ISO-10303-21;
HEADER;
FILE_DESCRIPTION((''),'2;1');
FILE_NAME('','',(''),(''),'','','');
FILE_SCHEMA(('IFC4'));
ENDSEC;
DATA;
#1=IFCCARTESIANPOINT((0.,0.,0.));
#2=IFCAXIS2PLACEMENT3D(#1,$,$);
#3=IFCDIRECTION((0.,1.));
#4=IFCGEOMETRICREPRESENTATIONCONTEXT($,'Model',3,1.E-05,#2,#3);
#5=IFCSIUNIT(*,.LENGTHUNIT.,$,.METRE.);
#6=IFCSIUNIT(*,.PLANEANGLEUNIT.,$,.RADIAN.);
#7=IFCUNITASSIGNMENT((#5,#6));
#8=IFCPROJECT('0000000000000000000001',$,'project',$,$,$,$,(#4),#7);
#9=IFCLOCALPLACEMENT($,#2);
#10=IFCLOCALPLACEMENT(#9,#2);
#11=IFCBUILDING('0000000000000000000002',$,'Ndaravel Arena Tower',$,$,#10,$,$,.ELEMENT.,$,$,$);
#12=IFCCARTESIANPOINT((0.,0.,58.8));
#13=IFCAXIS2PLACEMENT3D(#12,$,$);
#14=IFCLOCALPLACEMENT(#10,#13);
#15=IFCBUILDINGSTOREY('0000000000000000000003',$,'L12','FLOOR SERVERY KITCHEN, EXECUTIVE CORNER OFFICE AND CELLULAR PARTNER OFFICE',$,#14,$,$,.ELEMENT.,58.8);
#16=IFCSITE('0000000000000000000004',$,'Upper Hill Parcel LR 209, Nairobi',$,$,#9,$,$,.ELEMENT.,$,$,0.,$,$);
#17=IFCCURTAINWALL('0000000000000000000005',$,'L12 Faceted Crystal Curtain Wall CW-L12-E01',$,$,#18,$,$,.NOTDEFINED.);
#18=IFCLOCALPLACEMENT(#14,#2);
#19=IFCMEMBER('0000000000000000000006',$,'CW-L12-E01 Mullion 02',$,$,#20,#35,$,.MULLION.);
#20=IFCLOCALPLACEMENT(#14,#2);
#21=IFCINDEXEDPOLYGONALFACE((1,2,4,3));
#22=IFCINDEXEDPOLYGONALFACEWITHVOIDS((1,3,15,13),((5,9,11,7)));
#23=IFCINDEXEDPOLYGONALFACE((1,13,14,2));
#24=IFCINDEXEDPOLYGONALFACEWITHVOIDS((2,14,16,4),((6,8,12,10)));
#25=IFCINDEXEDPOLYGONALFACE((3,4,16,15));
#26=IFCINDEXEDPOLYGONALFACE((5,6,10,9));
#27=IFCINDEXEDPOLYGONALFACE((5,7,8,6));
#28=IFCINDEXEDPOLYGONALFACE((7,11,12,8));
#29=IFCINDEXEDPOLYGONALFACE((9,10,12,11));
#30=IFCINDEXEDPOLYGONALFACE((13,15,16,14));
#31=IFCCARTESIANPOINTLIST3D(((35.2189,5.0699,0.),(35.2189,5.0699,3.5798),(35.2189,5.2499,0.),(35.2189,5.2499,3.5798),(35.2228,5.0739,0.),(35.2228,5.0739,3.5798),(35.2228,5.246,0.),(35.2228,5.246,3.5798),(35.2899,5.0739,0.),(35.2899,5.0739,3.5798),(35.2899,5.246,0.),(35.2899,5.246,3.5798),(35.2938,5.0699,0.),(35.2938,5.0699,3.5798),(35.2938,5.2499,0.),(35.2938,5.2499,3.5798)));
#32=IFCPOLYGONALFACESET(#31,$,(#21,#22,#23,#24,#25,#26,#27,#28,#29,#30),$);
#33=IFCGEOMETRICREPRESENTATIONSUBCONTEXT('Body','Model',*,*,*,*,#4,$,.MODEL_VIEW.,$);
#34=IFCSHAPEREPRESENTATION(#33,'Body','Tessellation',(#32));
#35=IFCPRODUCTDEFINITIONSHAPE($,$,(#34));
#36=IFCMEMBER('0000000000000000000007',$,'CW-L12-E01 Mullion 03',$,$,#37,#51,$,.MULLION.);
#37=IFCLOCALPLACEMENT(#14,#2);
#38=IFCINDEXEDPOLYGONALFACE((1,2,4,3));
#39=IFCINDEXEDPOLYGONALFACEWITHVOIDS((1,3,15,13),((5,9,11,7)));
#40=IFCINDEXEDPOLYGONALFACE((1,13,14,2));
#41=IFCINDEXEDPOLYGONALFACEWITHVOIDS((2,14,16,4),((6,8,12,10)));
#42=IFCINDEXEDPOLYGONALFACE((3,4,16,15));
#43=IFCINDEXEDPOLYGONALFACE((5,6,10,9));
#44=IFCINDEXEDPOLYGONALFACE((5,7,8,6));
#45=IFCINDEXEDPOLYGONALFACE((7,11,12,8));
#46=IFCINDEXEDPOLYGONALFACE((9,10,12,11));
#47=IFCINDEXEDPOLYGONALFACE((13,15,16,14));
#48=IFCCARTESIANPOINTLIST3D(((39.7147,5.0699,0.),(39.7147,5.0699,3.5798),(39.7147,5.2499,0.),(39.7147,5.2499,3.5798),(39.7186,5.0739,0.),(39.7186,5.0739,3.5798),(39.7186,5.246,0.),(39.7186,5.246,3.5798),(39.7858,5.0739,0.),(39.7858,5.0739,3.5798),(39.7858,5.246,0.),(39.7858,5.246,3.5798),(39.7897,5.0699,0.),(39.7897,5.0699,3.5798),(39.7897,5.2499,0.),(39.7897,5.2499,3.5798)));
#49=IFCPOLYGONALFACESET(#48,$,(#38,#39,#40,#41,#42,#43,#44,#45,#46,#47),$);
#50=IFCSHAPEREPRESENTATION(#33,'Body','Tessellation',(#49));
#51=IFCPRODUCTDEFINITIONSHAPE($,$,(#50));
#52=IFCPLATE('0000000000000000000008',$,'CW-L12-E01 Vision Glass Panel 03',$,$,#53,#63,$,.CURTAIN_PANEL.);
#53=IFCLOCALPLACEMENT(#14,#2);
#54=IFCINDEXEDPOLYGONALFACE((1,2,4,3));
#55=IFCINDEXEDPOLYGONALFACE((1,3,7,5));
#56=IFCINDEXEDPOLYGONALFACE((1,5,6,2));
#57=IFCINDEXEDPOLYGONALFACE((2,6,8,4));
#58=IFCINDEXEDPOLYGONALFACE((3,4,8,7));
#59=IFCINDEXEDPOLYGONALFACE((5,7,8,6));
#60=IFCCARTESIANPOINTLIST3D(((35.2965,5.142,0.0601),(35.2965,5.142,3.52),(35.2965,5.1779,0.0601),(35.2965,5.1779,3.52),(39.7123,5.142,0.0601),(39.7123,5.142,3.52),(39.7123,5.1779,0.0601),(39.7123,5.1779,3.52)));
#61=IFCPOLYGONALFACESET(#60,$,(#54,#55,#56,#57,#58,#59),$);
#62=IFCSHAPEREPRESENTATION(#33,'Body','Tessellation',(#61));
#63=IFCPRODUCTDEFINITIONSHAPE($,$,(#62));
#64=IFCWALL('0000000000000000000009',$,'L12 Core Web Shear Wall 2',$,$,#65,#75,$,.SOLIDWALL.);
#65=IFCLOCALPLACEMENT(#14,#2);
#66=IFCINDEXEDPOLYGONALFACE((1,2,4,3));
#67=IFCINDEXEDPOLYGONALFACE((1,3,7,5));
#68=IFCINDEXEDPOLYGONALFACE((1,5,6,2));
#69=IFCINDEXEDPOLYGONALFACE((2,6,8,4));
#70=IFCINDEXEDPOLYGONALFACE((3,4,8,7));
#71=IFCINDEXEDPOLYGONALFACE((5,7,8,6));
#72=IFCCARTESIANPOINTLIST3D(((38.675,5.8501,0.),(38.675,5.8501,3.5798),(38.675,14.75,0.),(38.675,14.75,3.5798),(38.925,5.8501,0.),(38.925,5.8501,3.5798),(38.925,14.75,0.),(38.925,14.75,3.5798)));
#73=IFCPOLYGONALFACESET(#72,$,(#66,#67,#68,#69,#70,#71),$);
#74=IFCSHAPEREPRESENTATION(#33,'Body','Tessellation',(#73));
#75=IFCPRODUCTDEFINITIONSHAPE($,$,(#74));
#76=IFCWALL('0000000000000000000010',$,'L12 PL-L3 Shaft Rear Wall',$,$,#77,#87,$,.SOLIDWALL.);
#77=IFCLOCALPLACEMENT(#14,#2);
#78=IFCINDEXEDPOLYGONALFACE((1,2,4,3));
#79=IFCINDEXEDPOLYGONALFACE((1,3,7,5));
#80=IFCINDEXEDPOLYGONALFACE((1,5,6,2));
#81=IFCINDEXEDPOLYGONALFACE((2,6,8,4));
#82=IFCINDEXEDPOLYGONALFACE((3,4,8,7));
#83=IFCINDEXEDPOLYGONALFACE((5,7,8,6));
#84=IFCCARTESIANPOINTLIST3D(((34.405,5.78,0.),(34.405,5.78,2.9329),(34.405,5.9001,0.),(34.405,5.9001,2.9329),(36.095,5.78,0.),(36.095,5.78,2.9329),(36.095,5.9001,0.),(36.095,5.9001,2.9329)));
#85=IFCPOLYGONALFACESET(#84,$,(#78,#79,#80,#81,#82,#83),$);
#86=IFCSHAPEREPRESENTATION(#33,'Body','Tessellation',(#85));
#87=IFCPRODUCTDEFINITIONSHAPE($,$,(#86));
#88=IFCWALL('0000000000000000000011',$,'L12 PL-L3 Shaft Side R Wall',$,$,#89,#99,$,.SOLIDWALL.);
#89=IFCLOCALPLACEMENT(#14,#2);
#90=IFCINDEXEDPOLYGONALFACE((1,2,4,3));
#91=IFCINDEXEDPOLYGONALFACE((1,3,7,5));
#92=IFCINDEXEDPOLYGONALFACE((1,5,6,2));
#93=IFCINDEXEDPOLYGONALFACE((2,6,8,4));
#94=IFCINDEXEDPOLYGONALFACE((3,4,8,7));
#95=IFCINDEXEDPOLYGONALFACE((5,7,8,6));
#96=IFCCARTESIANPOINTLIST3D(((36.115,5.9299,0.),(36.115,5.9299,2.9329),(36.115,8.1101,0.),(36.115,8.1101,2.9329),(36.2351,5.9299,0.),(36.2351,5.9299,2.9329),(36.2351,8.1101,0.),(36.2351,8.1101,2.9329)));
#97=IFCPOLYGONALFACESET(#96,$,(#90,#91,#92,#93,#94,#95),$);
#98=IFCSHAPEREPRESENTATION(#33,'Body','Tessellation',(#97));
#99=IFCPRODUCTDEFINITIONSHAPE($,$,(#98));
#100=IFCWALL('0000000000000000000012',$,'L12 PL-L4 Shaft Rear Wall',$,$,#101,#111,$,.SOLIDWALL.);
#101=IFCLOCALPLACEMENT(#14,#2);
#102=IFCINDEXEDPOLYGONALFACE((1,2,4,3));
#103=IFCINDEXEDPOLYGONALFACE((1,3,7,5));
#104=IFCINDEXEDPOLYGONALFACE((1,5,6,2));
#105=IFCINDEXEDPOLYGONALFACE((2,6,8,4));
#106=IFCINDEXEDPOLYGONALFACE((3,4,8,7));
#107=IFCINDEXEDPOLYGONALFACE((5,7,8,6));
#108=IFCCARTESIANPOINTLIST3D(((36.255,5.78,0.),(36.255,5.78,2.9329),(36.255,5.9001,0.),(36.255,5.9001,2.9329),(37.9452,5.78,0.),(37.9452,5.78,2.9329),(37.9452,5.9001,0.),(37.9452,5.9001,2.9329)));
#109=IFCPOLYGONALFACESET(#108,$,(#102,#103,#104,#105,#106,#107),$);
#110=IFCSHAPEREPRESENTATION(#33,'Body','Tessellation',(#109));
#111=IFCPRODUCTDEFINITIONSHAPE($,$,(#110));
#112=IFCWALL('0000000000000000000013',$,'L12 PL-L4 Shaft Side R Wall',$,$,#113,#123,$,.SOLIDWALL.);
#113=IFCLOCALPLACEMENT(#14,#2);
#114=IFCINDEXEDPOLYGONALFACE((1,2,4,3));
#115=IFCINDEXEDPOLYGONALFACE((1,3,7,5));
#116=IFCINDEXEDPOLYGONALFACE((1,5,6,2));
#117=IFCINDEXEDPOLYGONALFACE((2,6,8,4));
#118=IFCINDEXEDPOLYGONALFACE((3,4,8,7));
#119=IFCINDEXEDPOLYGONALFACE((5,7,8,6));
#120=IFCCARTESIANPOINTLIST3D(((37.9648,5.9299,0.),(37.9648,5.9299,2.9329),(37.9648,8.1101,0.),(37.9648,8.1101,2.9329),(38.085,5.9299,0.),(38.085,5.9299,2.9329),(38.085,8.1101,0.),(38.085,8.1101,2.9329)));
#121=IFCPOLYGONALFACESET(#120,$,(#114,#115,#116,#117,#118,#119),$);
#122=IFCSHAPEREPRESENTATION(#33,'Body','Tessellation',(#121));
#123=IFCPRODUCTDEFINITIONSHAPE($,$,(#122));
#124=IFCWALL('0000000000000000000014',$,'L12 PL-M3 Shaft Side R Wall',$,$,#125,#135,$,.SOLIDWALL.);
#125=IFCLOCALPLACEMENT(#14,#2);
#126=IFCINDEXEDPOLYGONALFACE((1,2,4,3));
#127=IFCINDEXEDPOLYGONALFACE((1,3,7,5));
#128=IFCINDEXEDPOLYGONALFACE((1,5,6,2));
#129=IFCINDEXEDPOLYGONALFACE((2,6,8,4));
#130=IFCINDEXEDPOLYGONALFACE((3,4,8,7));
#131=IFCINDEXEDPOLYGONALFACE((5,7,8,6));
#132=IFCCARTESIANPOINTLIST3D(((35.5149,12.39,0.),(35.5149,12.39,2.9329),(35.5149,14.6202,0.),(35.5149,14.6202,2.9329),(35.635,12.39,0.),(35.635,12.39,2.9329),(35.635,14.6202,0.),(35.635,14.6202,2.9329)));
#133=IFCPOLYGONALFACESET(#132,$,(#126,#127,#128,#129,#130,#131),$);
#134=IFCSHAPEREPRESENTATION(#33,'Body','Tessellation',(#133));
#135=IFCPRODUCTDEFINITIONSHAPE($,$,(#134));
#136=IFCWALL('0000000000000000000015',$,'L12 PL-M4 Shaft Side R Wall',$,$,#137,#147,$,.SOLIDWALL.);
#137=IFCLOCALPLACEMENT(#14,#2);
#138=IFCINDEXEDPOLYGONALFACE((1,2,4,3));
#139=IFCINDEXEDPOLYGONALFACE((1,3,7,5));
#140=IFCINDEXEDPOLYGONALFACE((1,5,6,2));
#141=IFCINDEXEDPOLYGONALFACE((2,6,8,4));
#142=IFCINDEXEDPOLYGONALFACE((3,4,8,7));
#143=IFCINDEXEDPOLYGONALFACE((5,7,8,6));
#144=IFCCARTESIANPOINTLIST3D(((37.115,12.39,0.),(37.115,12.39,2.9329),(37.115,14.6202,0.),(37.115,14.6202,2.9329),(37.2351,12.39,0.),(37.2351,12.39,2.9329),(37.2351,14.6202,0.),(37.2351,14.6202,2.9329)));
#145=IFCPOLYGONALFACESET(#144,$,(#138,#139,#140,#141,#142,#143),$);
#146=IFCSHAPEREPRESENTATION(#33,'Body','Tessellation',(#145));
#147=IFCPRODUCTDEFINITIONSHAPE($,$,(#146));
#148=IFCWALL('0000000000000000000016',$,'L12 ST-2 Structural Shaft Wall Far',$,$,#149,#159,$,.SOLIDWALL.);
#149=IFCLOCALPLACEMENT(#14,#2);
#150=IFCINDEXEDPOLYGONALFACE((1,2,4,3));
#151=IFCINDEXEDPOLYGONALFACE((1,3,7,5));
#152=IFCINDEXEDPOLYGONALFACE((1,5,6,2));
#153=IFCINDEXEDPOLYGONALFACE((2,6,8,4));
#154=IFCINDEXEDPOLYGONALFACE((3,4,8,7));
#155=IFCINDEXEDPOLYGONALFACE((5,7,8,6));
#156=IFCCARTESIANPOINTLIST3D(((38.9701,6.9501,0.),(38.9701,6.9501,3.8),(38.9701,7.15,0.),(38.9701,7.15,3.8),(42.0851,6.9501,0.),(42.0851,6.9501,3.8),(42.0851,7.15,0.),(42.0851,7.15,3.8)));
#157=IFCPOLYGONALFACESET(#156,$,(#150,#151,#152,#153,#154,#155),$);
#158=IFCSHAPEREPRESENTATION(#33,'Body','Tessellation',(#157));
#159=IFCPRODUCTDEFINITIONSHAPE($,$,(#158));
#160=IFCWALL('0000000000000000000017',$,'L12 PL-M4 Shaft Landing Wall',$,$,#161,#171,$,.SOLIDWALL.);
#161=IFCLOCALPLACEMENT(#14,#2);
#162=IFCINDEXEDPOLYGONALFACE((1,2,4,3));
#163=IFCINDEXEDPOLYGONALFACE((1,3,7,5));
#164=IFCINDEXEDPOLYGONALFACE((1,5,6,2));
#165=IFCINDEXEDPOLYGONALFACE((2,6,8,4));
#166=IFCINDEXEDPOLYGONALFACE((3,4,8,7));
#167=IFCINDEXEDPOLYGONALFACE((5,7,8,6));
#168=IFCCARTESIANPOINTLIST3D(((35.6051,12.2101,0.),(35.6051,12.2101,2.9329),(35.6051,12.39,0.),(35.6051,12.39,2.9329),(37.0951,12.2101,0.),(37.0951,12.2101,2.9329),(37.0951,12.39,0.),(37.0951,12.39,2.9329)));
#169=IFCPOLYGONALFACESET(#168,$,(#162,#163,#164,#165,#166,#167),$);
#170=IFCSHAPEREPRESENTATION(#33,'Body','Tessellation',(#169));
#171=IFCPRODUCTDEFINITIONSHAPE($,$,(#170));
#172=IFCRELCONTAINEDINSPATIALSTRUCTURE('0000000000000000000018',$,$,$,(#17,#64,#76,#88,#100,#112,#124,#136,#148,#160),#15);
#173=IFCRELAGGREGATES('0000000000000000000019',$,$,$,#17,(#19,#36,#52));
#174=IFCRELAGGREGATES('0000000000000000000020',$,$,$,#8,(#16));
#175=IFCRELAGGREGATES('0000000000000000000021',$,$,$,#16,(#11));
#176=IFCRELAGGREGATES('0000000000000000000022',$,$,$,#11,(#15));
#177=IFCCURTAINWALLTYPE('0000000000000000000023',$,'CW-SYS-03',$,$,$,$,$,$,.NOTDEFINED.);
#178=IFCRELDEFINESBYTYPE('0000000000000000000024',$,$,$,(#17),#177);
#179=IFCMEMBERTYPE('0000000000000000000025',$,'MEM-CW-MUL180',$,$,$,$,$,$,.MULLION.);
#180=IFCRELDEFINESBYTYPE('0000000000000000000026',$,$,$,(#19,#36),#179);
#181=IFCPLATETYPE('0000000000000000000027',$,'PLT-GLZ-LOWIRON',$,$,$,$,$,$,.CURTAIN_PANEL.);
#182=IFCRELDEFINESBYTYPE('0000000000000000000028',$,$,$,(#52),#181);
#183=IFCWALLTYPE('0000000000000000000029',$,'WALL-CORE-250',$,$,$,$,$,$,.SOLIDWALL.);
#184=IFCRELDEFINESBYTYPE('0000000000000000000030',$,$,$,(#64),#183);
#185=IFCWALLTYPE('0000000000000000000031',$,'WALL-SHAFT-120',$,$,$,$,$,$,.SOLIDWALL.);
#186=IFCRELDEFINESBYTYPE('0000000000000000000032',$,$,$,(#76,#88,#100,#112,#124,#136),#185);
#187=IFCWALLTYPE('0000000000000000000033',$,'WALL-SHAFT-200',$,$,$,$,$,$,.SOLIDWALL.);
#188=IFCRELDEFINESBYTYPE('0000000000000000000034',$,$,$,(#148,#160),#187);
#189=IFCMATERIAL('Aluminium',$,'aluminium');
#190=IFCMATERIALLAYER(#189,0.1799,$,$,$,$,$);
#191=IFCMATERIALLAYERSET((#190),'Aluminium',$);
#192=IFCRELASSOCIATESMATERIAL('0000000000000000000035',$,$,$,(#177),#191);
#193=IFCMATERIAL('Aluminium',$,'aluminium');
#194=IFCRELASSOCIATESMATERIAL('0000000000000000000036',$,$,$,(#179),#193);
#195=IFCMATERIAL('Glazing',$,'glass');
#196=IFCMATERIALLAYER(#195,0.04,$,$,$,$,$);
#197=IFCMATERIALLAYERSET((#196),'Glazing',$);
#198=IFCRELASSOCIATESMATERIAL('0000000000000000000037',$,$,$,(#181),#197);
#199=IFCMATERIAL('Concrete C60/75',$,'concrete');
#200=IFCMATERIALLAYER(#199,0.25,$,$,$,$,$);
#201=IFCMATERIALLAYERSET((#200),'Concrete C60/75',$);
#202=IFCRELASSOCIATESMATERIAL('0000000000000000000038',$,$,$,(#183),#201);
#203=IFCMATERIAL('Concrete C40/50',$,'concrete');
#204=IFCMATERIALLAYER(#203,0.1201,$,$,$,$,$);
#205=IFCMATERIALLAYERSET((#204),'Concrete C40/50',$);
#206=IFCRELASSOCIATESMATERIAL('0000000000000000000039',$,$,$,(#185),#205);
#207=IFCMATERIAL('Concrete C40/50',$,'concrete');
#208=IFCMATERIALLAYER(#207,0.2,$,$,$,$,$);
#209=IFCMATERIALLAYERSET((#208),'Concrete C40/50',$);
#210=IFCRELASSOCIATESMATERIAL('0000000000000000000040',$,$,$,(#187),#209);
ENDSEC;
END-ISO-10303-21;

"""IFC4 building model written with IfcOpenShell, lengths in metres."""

from ifc_helpers import new_model, si_unit, direction, frame, frame_2d, origin, origin_2d, place, context, subcontext, project, spatial, rectangle, hollow_rectangle, extrude, material, layer, layer_set, material_profile, profile_set, type_object, element, aggregate, save


model = new_model("IFC4")

# Units and contexts
model_context = context("Model", 3, precision=1e-05, world=origin(), true_north=direction((0.0, 1.0)))
body_context = subcontext(model_context, "Body", "Model", "MODEL_VIEW")
ifc_project = project(units=[si_unit("LENGTHUNIT", "METRE"), si_unit("PLANEANGLEUNIT", "RADIAN")], contexts=[model_context])

# Site, building, storey
site_placement = place(None, origin())
site = spatial("IfcSite", under=ifc_project, at=site_placement, Name="Upper Hill Parcel LR 209, Nairobi", CompositionType="ELEMENT", RefElevation=0.0)
building_placement = place(site_placement, origin())
building = spatial("IfcBuilding", under=site, at=building_placement, Name="Ndaravel Arena Tower", CompositionType="ELEMENT")
storey_placement = place(building_placement, frame((0.0, 0.0, 58.8)))
storey = spatial("IfcBuildingStorey", under=building, at=storey_placement, Name="L12", Description="FLOOR SERVERY KITCHEN, EXECUTIVE CORNER OFFICE AND CELLULAR PARTNER OFFICE", CompositionType="ELEMENT", Elevation=58.8)

# Curtain wall, members, plate
ifc_material_1 = material(Name="Aluminium", Category="aluminium")
ifc_layer_1 = layer(ifc_material_1, 0.1799)
ifc_layer_set_1 = layer_set([ifc_layer_1], Name="Aluminium")
curtain_wall_type = type_object("IfcCurtainWallType", Name="CW-SYS-03", PredefinedType="NOTDEFINED", material=ifc_layer_set_1)
curtain_wall_placement = place(storey_placement, origin())
curtain_wall = element("IfcCurtainWall", 1, at=curtain_wall_placement, inside=storey, type_object=curtain_wall_type, Name="L12 Faceted Crystal Curtain Wall CW-L12-E01", PredefinedType="NOTDEFINED")
ifc_material_2 = material(Name="Aluminium", Category="aluminium")
ifc_material_profile = material_profile(ifc_material_2, hollow_rectangle(XDim=0.075, YDim=0.1799, WallThickness=0.0039, at=origin_2d()), Name="CW MULLION 75x180x4")
ifc_profile_set = profile_set([ifc_material_profile], Name="Aluminium")
member_type = type_object("IfcMemberType", Name="MEM-CW-MUL180", PredefinedType="MULLION", material=ifc_profile_set)
member_1_placement = place(storey_placement, frame((35.2563, 5.1599, 0.0), z_axis=(0.0, 0.0, 1.0), x_axis=(1.0, 0.0, 0.0)))
member_1 = element("IfcMember", 2, at=member_1_placement, type_object=member_type, Name="CW-L12-E01 Mullion 02", PredefinedType="MULLION", context=body_context, shape_type="SweptSolid", body=[
    extrude(hollow_rectangle(XDim=0.075, YDim=0.1799, WallThickness=0.0039, at=origin_2d()), origin(), (0.0, 0.0, 1.0), 3.5798),
])
member_2_placement = place(storey_placement, frame((39.7522, 5.1599, 0.0), z_axis=(0.0, 0.0, 1.0), x_axis=(1.0, 0.0, 0.0)))
member_2 = element("IfcMember", 3, at=member_2_placement, type_object=member_type, Name="CW-L12-E01 Mullion 03", PredefinedType="MULLION", context=body_context, shape_type="SweptSolid", body=[
    extrude(hollow_rectangle(XDim=0.075, YDim=0.1799, WallThickness=0.0039, at=origin_2d()), origin(), (0.0, 0.0, 1.0), 3.5798),
])
ifc_material_3 = material(Name="Glazing", Category="glass")
ifc_layer_2 = layer(ifc_material_3, 0.04)
ifc_layer_set_2 = layer_set([ifc_layer_2], Name="Glazing")
plate_type = type_object("IfcPlateType", Name="PLT-GLZ-LOWIRON", PredefinedType="CURTAIN_PANEL", material=ifc_layer_set_2)
plate_placement = place(storey_placement, frame((37.5044, 5.1599, 0.0601), z_axis=(0.0, 0.0, 1.0), x_axis=(1.0, 0.0, 0.0)))
plate = element("IfcPlate", 4, at=plate_placement, type_object=plate_type, Name="CW-L12-E01 Vision Glass Panel 03", PredefinedType="CURTAIN_PANEL", context=body_context, shape_type="SweptSolid", body=[
    extrude(rectangle(XDim=4.4158, YDim=0.0359, at=origin_2d()), origin(), (0.0, 0.0, 1.0), 3.46),
])
aggregate(curtain_wall, [member_1, member_2, plate])

# Walls
ifc_material_4 = material(Name="Concrete C60/75", Category="concrete")
ifc_layer_3 = layer(ifc_material_4, 0.25)
ifc_layer_set_3 = layer_set([ifc_layer_3], Name="Concrete C60/75")
wall_type_1 = type_object("IfcWallType", Name="WALL-CORE-250", PredefinedType="SOLIDWALL", material=ifc_layer_set_3)
wall_1_placement = place(storey_placement, frame((38.8, 5.8501, 0.0), z_axis=(0.0, 0.0, 1.0), x_axis=(0.0, 1.0, 0.0)))
element("IfcWall", 5, at=wall_1_placement, inside=storey, type_object=wall_type_1, Name="L12 Core Web Shear Wall 2", PredefinedType="SOLIDWALL", context=body_context, shape_type="SweptSolid", body=[
    extrude(rectangle(XDim=8.8999, YDim=0.25, at=frame_2d((4.45, 0.0))), origin(), (0.0, 0.0, 1.0), 3.5798),
])
ifc_material_5 = material(Name="Concrete C40/50", Category="concrete")
ifc_layer_4 = layer(ifc_material_5, 0.1201)
ifc_layer_set_4 = layer_set([ifc_layer_4], Name="Concrete C40/50")
wall_type_2 = type_object("IfcWallType", Name="WALL-SHAFT-120", PredefinedType="SOLIDWALL", material=ifc_layer_set_4)
wall_2_placement = place(storey_placement, frame((34.405, 5.8401, 0.0), z_axis=(0.0, 0.0, 1.0), x_axis=(1.0, 0.0, 0.0)))
element("IfcWall", 6, at=wall_2_placement, inside=storey, type_object=wall_type_2, Name="L12 PL-L3 Shaft Rear Wall", PredefinedType="SOLIDWALL", context=body_context, shape_type="SweptSolid", body=[
    extrude(rectangle(XDim=1.6899, YDim=0.1201, at=frame_2d((0.845, 0.0))), origin(), (0.0, 0.0, 1.0), 2.9329),
])
wall_3_placement = place(storey_placement, frame((36.175, 5.9299, 0.0), z_axis=(0.0, 0.0, 1.0), x_axis=(0.0, 1.0, 0.0)))
element("IfcWall", 7, at=wall_3_placement, inside=storey, type_object=wall_type_2, Name="L12 PL-L3 Shaft Side R Wall", PredefinedType="SOLIDWALL", context=body_context, shape_type="SweptSolid", body=[
    extrude(rectangle(XDim=2.1802, YDim=0.1201, at=frame_2d((1.0901, 0.0))), origin(), (0.0, 0.0, 1.0), 2.9329),
])
wall_4_placement = place(storey_placement, frame((36.2549, 5.8401, 0.0), z_axis=(0.0, 0.0, 1.0), x_axis=(1.0, 0.0, 0.0)))
element("IfcWall", 8, at=wall_4_placement, inside=storey, type_object=wall_type_2, Name="L12 PL-L4 Shaft Rear Wall", PredefinedType="SOLIDWALL", context=body_context, shape_type="SweptSolid", body=[
    extrude(rectangle(XDim=1.6902, YDim=0.1201, at=frame_2d((0.8452, 0.0))), origin(), (0.0, 0.0, 1.0), 2.9329),
])
wall_5_placement = place(storey_placement, frame((38.0249, 5.9299, 0.0), z_axis=(0.0, 0.0, 1.0), x_axis=(0.0, 1.0, 0.0)))
element("IfcWall", 9, at=wall_5_placement, inside=storey, type_object=wall_type_2, Name="L12 PL-L4 Shaft Side R Wall", PredefinedType="SOLIDWALL", context=body_context, shape_type="SweptSolid", body=[
    extrude(rectangle(XDim=2.1802, YDim=0.1201, at=frame_2d((1.0901, 0.0))), origin(), (0.0, 0.0, 1.0), 2.9329),
])
for number, where, z_axis, x_axis, name in (
    (10, (35.575, 12.3899, 0.0), (0.0, 0.0, 1.0), (0.0, 1.0, 0.0), "L12 PL-M3 Shaft Side R Wall"),
    (11, (37.175, 12.3899, 0.0), (0.0, 0.0, 1.0), (0.0, 1.0, 0.0), "L12 PL-M4 Shaft Side R Wall"),
):
    element("IfcWall", number, at=place(storey_placement, frame(where, z_axis=z_axis, x_axis=x_axis)), inside=storey, type_object=wall_type_2, Name=name, PredefinedType="SOLIDWALL", context=body_context, shape_type="SweptSolid", body=[
        extrude(rectangle(XDim=2.2302, YDim=0.1201, at=frame_2d((1.1152, 0.0))), origin(), (0.0, 0.0, 1.0), 2.9329),
    ])
ifc_material_6 = material(Name="Concrete C40/50", Category="concrete")
ifc_layer_5 = layer(ifc_material_6, 0.2)
ifc_layer_set_5 = layer_set([ifc_layer_5], Name="Concrete C40/50")
wall_type_3 = type_object("IfcWallType", Name="WALL-SHAFT-200", PredefinedType="SOLIDWALL", material=ifc_layer_set_5)
wall_6_placement = place(storey_placement, frame((38.97, 7.05, 0.0), z_axis=(0.0, 0.0, 1.0), x_axis=(1.0, 0.0, 0.0)))
element("IfcWall", 12, at=wall_6_placement, inside=storey, type_object=wall_type_3, Name="L12 ST-2 Structural Shaft Wall Far", PredefinedType="SOLIDWALL", context=body_context, shape_type="SweptSolid", body=[
    extrude(rectangle(XDim=3.115, YDim=0.2, at=frame_2d((1.5576, 0.0))), origin(), (0.0, 0.0, 1.0), 3.8),
])

# Wall
wall_7_placement = place(storey_placement, frame((35.605, 12.3, 0.0), z_axis=(0.0, 0.0, 1.0), x_axis=(1.0, 0.0, 0.0)))
element("IfcWall", 13, at=wall_7_placement, inside=storey, type_object=wall_type_3, Name="L12 PL-M4 Shaft Landing Wall", PredefinedType="SOLIDWALL", context=body_context, shape_type="SweptSolid", body=[
    extrude(rectangle(XDim=1.49, YDim=0.1799, at=frame_2d((0.7451, 0.0))), origin(), (0.0, 0.0, 1.0), 2.9329),
])

save(model, "model.ifc")
